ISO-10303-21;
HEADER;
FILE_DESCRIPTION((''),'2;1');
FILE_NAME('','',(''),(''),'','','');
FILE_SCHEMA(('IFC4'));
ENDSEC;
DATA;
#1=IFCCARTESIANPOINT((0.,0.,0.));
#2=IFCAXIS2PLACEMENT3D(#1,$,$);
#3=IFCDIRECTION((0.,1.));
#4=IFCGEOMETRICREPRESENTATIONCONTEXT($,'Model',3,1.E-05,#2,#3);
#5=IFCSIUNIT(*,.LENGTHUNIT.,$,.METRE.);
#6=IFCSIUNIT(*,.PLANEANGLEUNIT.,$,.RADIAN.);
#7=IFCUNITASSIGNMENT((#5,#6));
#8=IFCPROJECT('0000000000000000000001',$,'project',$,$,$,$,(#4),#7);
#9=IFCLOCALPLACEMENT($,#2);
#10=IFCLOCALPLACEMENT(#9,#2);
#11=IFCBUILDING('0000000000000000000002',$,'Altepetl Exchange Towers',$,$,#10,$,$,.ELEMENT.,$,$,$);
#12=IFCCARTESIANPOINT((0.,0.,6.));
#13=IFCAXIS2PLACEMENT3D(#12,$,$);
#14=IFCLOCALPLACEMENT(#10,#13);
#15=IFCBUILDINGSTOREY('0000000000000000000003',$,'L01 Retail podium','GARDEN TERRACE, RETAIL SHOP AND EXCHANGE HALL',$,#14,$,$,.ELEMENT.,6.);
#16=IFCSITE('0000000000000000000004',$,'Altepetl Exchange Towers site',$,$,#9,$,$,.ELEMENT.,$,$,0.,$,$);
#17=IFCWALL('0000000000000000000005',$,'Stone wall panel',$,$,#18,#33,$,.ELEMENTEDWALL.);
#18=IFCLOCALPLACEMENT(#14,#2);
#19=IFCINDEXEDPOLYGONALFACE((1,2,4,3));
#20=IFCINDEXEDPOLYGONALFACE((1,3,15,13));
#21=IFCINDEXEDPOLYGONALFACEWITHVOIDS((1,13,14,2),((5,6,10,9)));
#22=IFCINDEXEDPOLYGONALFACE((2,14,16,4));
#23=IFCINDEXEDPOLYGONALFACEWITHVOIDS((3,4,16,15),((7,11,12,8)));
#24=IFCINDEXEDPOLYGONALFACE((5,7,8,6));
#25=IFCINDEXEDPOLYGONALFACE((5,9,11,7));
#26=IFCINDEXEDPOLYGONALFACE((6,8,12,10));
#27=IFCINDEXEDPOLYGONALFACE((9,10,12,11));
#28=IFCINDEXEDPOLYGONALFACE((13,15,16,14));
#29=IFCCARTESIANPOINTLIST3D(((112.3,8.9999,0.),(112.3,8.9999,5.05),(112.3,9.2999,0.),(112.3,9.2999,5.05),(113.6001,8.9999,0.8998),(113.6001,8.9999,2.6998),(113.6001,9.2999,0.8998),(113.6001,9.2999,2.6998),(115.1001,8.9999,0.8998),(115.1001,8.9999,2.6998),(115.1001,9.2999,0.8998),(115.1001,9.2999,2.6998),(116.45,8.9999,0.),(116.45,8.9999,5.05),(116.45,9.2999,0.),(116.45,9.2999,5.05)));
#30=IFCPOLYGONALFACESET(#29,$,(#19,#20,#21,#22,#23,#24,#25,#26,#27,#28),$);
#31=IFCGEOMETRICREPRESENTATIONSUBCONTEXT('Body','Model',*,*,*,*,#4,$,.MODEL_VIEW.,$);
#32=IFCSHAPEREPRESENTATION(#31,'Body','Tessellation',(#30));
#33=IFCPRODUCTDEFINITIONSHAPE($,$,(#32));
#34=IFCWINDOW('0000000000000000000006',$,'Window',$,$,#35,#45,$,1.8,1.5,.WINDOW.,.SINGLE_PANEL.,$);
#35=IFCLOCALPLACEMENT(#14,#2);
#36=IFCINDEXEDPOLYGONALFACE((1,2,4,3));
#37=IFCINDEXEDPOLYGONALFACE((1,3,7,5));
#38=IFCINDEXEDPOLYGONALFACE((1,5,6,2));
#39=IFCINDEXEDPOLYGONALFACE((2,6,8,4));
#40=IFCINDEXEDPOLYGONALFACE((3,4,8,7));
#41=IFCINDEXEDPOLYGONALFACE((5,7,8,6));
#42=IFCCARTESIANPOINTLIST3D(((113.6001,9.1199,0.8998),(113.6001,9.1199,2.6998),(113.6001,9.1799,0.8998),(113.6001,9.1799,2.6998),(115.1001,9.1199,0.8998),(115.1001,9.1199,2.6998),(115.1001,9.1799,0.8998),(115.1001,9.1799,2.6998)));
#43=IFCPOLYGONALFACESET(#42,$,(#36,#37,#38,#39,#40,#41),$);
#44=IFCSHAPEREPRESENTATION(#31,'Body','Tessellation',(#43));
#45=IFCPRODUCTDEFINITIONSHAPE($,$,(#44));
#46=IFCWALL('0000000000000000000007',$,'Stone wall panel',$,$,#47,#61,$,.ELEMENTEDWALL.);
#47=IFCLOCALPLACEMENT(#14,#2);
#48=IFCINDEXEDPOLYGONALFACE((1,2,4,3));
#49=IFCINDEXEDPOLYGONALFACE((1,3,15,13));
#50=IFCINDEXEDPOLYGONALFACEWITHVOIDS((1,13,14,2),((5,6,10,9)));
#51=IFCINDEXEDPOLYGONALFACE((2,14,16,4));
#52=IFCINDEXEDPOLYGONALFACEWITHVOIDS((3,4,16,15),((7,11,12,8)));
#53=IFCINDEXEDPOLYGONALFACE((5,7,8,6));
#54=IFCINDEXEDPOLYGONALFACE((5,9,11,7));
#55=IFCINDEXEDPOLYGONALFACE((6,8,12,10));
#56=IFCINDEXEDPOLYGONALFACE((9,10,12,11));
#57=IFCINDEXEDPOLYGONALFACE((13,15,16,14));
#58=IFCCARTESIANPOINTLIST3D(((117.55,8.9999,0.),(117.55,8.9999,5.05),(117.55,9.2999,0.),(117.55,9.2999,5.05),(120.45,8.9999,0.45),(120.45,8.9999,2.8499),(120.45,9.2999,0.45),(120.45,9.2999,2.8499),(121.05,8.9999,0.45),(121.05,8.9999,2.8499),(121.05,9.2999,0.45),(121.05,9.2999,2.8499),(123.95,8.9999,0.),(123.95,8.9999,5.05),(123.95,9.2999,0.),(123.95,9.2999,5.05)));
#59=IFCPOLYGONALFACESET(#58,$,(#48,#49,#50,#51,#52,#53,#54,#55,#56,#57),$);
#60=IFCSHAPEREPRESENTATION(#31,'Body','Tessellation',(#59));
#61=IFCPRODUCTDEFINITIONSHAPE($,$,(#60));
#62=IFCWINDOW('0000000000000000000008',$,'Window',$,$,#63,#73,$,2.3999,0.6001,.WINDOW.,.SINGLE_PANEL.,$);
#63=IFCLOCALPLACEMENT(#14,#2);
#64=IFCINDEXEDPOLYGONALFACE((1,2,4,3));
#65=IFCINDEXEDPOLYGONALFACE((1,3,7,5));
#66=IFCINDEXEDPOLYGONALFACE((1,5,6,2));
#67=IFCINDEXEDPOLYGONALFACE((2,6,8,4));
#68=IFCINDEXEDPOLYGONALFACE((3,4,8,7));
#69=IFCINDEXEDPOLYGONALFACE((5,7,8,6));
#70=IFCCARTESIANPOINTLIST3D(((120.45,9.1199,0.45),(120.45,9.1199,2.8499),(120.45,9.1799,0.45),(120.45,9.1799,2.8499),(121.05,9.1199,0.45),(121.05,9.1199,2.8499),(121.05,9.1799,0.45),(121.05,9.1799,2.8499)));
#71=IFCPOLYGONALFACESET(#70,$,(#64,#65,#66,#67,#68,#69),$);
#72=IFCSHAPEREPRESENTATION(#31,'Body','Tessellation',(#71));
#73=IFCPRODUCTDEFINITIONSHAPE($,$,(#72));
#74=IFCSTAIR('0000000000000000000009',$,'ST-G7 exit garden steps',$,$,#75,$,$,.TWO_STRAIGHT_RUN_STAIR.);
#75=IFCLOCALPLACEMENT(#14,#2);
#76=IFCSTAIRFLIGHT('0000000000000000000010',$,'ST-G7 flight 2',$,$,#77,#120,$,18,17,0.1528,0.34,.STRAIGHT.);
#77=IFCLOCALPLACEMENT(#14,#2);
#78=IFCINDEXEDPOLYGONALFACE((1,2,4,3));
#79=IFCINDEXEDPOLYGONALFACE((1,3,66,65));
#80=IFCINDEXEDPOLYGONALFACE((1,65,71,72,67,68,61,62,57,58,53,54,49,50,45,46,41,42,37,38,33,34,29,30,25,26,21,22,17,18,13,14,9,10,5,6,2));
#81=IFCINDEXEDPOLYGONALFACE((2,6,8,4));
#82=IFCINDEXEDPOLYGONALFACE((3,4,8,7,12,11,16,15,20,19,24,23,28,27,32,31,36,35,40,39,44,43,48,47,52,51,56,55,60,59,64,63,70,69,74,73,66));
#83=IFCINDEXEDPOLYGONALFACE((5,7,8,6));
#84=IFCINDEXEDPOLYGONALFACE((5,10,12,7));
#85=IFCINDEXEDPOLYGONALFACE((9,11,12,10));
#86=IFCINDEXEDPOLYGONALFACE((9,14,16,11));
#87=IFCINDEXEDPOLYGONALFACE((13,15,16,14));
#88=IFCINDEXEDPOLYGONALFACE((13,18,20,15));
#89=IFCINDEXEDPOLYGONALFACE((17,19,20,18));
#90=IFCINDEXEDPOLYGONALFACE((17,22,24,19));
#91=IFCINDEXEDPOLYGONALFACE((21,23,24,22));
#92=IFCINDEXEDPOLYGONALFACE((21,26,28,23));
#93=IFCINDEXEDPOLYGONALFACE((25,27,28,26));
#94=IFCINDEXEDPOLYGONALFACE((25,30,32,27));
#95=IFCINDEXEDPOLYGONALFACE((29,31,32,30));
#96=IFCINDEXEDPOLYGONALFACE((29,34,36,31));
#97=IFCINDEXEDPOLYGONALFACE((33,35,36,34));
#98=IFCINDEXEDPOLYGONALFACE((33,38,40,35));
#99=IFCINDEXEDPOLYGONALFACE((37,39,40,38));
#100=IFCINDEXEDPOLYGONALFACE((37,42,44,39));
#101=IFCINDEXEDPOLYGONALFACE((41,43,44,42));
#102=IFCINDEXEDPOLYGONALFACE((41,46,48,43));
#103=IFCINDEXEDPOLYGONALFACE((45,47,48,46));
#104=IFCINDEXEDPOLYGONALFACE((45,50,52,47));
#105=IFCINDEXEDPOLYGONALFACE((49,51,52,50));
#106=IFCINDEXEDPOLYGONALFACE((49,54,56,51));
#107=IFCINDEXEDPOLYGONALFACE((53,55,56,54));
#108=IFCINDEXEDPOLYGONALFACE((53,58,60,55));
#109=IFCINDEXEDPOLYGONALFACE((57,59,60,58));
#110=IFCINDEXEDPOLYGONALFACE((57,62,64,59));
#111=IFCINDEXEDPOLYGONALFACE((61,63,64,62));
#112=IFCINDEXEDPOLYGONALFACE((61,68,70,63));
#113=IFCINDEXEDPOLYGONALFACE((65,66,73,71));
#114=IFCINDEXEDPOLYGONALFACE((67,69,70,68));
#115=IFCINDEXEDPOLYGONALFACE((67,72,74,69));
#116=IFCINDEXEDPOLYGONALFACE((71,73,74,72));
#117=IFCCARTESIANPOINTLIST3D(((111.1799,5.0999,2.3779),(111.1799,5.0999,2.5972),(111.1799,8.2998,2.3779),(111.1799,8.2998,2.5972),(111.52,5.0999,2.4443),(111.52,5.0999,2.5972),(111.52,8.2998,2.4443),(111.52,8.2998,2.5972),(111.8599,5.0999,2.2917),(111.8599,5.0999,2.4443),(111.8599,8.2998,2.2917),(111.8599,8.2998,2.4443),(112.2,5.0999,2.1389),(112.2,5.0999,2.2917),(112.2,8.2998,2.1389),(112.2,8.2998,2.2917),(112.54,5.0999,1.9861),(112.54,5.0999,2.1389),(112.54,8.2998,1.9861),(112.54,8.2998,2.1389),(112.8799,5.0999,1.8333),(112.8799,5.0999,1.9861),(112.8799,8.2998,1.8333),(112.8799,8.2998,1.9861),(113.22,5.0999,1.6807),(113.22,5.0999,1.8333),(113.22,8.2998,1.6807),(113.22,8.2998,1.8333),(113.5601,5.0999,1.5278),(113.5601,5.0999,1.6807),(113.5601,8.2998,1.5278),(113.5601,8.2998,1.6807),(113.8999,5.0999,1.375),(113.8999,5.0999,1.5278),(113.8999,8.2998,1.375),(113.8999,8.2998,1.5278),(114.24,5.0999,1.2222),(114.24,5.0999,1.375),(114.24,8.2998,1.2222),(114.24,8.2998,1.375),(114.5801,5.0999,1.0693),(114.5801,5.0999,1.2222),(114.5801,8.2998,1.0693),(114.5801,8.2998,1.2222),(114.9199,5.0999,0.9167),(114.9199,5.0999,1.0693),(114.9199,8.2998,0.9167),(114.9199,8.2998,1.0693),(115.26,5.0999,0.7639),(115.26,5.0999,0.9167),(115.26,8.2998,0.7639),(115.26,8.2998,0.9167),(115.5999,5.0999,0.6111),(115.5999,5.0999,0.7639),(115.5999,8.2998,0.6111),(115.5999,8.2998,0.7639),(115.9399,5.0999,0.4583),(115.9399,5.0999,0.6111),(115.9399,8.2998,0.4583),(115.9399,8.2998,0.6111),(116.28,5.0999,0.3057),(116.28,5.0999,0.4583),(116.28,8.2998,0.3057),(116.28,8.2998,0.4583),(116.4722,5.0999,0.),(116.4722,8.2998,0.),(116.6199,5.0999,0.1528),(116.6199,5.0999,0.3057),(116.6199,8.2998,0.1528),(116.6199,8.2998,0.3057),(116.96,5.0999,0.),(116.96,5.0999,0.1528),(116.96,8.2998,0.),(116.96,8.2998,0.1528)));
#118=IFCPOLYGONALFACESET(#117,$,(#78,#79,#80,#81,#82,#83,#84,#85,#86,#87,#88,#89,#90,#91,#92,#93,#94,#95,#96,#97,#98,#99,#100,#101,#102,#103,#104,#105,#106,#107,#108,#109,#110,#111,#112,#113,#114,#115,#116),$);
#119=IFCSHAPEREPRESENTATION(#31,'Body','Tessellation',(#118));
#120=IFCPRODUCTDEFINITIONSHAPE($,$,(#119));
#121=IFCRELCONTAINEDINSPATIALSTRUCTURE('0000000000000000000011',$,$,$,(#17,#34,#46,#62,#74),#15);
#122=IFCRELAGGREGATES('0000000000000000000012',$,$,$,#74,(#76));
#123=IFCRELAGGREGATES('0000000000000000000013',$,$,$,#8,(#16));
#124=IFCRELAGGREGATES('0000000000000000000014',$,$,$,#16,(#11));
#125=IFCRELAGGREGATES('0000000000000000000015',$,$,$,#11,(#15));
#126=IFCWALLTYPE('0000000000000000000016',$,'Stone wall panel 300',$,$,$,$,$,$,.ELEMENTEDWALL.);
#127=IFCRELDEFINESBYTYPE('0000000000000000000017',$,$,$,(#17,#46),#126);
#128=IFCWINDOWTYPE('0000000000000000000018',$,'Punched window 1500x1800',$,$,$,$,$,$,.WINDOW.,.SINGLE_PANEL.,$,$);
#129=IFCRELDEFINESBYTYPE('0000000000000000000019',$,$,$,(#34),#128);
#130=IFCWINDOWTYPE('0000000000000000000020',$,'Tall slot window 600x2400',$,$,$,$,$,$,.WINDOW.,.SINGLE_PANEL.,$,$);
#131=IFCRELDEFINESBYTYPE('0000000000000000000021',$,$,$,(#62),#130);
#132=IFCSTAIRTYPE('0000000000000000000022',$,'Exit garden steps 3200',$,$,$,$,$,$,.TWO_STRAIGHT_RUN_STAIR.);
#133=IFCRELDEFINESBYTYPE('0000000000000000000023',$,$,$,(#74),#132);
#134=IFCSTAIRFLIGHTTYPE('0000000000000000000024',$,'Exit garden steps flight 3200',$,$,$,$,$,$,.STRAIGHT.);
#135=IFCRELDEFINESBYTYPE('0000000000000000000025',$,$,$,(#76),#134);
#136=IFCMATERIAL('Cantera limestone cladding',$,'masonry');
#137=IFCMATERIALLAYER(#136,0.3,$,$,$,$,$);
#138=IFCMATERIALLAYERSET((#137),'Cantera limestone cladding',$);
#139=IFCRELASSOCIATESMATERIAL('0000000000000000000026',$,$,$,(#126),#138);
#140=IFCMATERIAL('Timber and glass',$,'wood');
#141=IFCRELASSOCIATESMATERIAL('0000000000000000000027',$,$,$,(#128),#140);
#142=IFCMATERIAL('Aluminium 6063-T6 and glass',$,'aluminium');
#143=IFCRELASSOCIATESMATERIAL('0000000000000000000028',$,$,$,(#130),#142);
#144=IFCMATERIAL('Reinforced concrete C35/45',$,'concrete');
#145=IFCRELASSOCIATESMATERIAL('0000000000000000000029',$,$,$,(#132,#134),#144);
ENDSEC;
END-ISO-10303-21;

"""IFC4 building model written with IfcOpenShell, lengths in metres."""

from ifc_helpers import new_model, si_unit, direction, frame, frame_2d, origin, place, context, subcontext, project, spatial, polyline, rectangle, outline, extrude, material, layer, layer_set, type_object, element, fill, aggregate, save


model = new_model("IFC4")

# Units and contexts
model_context = context("Model", 3, precision=1e-05, world=origin(), true_north=direction((0.0, 1.0)))
body_context = subcontext(model_context, "Body", "Model", "MODEL_VIEW")
ifc_project = project(units=[si_unit("LENGTHUNIT", "METRE"), si_unit("PLANEANGLEUNIT", "RADIAN")], contexts=[model_context])

# Site, building, storey
site_placement = place(None, origin())
site = spatial("IfcSite", under=ifc_project, at=site_placement, Name="Altepetl Exchange Towers site", CompositionType="ELEMENT", RefElevation=0.0)
building_placement = place(site_placement, origin())
building = spatial("IfcBuilding", under=site, at=building_placement, Name="Altepetl Exchange Towers", CompositionType="ELEMENT")
storey_placement = place(building_placement, frame((0.0, 0.0, 6.0)))
storey = spatial("IfcBuildingStorey", under=building, at=storey_placement, Name="L01 Retail podium", Description="GARDEN TERRACE, RETAIL SHOP AND EXCHANGE HALL", CompositionType="ELEMENT", Elevation=6.0)

# Shared definitions
ifc_material_1 = material(Name="Reinforced concrete C35/45", Category="concrete")

# Walls, openings, windows
ifc_material_2 = material(Name="Cantera limestone cladding", Category="masonry")
ifc_layer_1 = layer(ifc_material_2, 0.3)
ifc_layer_set_1 = layer_set([ifc_layer_1], Name="Cantera limestone cladding")
wall_type_1 = type_object("IfcWallType", Name="Stone wall panel 300", PredefinedType="ELEMENTEDWALL", material=ifc_layer_set_1)
wall_1_placement = place(storey_placement, frame((112.3, 9.1499, 0.0)))
wall_1 = element("IfcWall", 1, at=wall_1_placement, inside=storey, type_object=wall_type_1, Name="Stone wall panel", PredefinedType="ELEMENTEDWALL", context=body_context, shape_type="SweptSolid", body=[
    extrude(rectangle(XDim=4.1499, YDim=0.3, at=frame_2d((2.075, 0.0))), origin(), (0.0, 0.0, 1.0), 5.05),
])
opening_1_placement = place(wall_1_placement, frame((1.3, 0.0, 0.8999)))
opening_1 = element("IfcOpeningElement", 2, at=opening_1_placement, cuts=wall_1, PredefinedType="OPENING", context=body_context, shape_type="SweptSolid", body=[
    extrude(rectangle(XDim=1.5, YDim=1.8, at=frame_2d((0.75, 0.8999))), frame((0.0, 0.1602, 0.0), z_axis=(0.0, -1.0, 0.0), x_axis=(1.0, 0.0, 0.0)), (0.0, 0.0, 1.0), 0.3201),
])
ifc_material_3 = material(Name="Timber and glass", Category="wood")
window_type_1 = type_object("IfcWindowType", Name="Punched window 1500x1800", PartitioningType="SINGLE_PANEL", PredefinedType="WINDOW", material=ifc_material_3)
window_1_placement = place(opening_1_placement, origin())
window_1 = element("IfcWindow", 3, at=window_1_placement, inside=storey, type_object=window_type_1, Name="Window", OverallHeight=1.8, OverallWidth=1.5, PartitioningType="SINGLE_PANEL", PredefinedType="WINDOW", context=body_context, shape_type="SweptSolid", body=[
    extrude(rectangle(XDim=1.5, YDim=1.8, at=frame_2d((0.75, 0.8999))), frame((0.0, 0.03, 0.0), z_axis=(0.0, -1.0, 0.0), x_axis=(1.0, 0.0, 0.0)), (0.0, 0.0, 1.0), 0.0601),
])
fill(opening_1, window_1)
wall_2_placement = place(storey_placement, frame((117.55, 9.1499, 0.0)))
wall_2 = element("IfcWall", 4, at=wall_2_placement, inside=storey, type_object=wall_type_1, Name="Stone wall panel", PredefinedType="ELEMENTEDWALL", context=body_context, shape_type="SweptSolid", body=[
    extrude(rectangle(XDim=6.3999, YDim=0.3, at=frame_2d((3.2, 0.0))), origin(), (0.0, 0.0, 1.0), 5.05),
])
opening_2_placement = place(wall_2_placement, frame((2.8999, 0.0, 0.45)))
opening_2 = element("IfcOpeningElement", 5, at=opening_2_placement, cuts=wall_2, PredefinedType="OPENING", context=body_context, shape_type="SweptSolid", body=[
    extrude(rectangle(XDim=0.6001, YDim=2.3999, at=frame_2d((0.3, 1.2))), frame((0.0, 0.1602, 0.0), z_axis=(0.0, -1.0, 0.0), x_axis=(1.0, 0.0, 0.0)), (0.0, 0.0, 1.0), 0.3201),
])
ifc_material_4 = material(Name="Aluminium 6063-T6 and glass", Category="aluminium")
window_type_2 = type_object("IfcWindowType", Name="Tall slot window 600x2400", PartitioningType="SINGLE_PANEL", PredefinedType="WINDOW", material=ifc_material_4)
window_2_placement = place(opening_2_placement, origin())
window_2 = element("IfcWindow", 6, at=window_2_placement, inside=storey, type_object=window_type_2, Name="Window", OverallHeight=2.3999, OverallWidth=0.6001, PartitioningType="SINGLE_PANEL", PredefinedType="WINDOW", context=body_context, shape_type="SweptSolid", body=[
    extrude(rectangle(XDim=0.6001, YDim=2.3999, at=frame_2d((0.3, 1.2))), frame((0.0, 0.03, 0.0), z_axis=(0.0, -1.0, 0.0), x_axis=(1.0, 0.0, 0.0)), (0.0, 0.0, 1.0), 0.0601),
])
fill(opening_2, window_2)

# Stair, stair flight
stair_type = type_object("IfcStairType", Name="Exit garden steps 3200", PredefinedType="TWO_STRAIGHT_RUN_STAIR", material=ifc_material_1)
stair_placement = place(storey_placement, origin())
stair = element("IfcStair", 7, at=stair_placement, inside=storey, type_object=stair_type, Name="ST-G7 exit garden steps", PredefinedType="TWO_STRAIGHT_RUN_STAIR")
stair_flight_type = type_object("IfcStairFlightType", Name="Exit garden steps flight 3200", PredefinedType="STRAIGHT", material=ifc_material_1)
stair_flight_placement = place(storey_placement, frame((116.96, 6.7, 0.0), z_axis=(0.0, 0.0, 1.0), x_axis=(-1.0, 0.0, 0.0)))
stair_flight = element("IfcStairFlight", 8, at=stair_flight_placement, type_object=stair_flight_type, Name="ST-G7 flight 2", NumberOfRisers=18, NumberOfTreads=17, PredefinedType="STRAIGHT", RiserHeight=0.1528, TreadLength=0.34, context=body_context, shape_type="SweptSolid", body=[
    extrude(outline(polyline([(0.0, 0.0), (0.0, 0.1528), (0.3401, 0.1528), (0.3401, 0.3057), (0.6799, 0.3057), (0.6799, 0.4583), (1.02, 0.4583), (1.02, 0.6111), (1.3601, 0.6111), (1.3601, 0.7639), (1.7, 0.7639), (1.7, 0.9167), (2.04, 0.9167), (2.04, 1.0693), (2.3799, 1.0693), (2.3799, 1.2222), (2.72, 1.2222), (2.72, 1.375), (3.0601, 1.375), (3.0601, 1.5278), (3.3999, 1.5278), (3.3999, 1.6807), (3.74, 1.6807), (3.74, 1.8333), (4.0801, 1.8333), (4.0801, 1.9861), (4.4199, 1.9861), (4.4199, 2.1389), (4.76, 2.1389), (4.76, 2.2917), (5.1001, 2.2917), (5.1001, 2.4443), (5.4399, 2.4443), (5.4399, 2.5972), (5.78, 2.5972), (5.78, 2.75), (5.78, 2.3779), (0.4878, 0.0), (0.0, 0.0)])), frame((0.0, 1.6001, 0.0), z_axis=(0.0, -1.0, 0.0), x_axis=(1.0, 0.0, 0.0)), (0.0, 0.0, 1.0), 3.2),
])
aggregate(stair, [stair_flight])

save(model, "model.ifc")
